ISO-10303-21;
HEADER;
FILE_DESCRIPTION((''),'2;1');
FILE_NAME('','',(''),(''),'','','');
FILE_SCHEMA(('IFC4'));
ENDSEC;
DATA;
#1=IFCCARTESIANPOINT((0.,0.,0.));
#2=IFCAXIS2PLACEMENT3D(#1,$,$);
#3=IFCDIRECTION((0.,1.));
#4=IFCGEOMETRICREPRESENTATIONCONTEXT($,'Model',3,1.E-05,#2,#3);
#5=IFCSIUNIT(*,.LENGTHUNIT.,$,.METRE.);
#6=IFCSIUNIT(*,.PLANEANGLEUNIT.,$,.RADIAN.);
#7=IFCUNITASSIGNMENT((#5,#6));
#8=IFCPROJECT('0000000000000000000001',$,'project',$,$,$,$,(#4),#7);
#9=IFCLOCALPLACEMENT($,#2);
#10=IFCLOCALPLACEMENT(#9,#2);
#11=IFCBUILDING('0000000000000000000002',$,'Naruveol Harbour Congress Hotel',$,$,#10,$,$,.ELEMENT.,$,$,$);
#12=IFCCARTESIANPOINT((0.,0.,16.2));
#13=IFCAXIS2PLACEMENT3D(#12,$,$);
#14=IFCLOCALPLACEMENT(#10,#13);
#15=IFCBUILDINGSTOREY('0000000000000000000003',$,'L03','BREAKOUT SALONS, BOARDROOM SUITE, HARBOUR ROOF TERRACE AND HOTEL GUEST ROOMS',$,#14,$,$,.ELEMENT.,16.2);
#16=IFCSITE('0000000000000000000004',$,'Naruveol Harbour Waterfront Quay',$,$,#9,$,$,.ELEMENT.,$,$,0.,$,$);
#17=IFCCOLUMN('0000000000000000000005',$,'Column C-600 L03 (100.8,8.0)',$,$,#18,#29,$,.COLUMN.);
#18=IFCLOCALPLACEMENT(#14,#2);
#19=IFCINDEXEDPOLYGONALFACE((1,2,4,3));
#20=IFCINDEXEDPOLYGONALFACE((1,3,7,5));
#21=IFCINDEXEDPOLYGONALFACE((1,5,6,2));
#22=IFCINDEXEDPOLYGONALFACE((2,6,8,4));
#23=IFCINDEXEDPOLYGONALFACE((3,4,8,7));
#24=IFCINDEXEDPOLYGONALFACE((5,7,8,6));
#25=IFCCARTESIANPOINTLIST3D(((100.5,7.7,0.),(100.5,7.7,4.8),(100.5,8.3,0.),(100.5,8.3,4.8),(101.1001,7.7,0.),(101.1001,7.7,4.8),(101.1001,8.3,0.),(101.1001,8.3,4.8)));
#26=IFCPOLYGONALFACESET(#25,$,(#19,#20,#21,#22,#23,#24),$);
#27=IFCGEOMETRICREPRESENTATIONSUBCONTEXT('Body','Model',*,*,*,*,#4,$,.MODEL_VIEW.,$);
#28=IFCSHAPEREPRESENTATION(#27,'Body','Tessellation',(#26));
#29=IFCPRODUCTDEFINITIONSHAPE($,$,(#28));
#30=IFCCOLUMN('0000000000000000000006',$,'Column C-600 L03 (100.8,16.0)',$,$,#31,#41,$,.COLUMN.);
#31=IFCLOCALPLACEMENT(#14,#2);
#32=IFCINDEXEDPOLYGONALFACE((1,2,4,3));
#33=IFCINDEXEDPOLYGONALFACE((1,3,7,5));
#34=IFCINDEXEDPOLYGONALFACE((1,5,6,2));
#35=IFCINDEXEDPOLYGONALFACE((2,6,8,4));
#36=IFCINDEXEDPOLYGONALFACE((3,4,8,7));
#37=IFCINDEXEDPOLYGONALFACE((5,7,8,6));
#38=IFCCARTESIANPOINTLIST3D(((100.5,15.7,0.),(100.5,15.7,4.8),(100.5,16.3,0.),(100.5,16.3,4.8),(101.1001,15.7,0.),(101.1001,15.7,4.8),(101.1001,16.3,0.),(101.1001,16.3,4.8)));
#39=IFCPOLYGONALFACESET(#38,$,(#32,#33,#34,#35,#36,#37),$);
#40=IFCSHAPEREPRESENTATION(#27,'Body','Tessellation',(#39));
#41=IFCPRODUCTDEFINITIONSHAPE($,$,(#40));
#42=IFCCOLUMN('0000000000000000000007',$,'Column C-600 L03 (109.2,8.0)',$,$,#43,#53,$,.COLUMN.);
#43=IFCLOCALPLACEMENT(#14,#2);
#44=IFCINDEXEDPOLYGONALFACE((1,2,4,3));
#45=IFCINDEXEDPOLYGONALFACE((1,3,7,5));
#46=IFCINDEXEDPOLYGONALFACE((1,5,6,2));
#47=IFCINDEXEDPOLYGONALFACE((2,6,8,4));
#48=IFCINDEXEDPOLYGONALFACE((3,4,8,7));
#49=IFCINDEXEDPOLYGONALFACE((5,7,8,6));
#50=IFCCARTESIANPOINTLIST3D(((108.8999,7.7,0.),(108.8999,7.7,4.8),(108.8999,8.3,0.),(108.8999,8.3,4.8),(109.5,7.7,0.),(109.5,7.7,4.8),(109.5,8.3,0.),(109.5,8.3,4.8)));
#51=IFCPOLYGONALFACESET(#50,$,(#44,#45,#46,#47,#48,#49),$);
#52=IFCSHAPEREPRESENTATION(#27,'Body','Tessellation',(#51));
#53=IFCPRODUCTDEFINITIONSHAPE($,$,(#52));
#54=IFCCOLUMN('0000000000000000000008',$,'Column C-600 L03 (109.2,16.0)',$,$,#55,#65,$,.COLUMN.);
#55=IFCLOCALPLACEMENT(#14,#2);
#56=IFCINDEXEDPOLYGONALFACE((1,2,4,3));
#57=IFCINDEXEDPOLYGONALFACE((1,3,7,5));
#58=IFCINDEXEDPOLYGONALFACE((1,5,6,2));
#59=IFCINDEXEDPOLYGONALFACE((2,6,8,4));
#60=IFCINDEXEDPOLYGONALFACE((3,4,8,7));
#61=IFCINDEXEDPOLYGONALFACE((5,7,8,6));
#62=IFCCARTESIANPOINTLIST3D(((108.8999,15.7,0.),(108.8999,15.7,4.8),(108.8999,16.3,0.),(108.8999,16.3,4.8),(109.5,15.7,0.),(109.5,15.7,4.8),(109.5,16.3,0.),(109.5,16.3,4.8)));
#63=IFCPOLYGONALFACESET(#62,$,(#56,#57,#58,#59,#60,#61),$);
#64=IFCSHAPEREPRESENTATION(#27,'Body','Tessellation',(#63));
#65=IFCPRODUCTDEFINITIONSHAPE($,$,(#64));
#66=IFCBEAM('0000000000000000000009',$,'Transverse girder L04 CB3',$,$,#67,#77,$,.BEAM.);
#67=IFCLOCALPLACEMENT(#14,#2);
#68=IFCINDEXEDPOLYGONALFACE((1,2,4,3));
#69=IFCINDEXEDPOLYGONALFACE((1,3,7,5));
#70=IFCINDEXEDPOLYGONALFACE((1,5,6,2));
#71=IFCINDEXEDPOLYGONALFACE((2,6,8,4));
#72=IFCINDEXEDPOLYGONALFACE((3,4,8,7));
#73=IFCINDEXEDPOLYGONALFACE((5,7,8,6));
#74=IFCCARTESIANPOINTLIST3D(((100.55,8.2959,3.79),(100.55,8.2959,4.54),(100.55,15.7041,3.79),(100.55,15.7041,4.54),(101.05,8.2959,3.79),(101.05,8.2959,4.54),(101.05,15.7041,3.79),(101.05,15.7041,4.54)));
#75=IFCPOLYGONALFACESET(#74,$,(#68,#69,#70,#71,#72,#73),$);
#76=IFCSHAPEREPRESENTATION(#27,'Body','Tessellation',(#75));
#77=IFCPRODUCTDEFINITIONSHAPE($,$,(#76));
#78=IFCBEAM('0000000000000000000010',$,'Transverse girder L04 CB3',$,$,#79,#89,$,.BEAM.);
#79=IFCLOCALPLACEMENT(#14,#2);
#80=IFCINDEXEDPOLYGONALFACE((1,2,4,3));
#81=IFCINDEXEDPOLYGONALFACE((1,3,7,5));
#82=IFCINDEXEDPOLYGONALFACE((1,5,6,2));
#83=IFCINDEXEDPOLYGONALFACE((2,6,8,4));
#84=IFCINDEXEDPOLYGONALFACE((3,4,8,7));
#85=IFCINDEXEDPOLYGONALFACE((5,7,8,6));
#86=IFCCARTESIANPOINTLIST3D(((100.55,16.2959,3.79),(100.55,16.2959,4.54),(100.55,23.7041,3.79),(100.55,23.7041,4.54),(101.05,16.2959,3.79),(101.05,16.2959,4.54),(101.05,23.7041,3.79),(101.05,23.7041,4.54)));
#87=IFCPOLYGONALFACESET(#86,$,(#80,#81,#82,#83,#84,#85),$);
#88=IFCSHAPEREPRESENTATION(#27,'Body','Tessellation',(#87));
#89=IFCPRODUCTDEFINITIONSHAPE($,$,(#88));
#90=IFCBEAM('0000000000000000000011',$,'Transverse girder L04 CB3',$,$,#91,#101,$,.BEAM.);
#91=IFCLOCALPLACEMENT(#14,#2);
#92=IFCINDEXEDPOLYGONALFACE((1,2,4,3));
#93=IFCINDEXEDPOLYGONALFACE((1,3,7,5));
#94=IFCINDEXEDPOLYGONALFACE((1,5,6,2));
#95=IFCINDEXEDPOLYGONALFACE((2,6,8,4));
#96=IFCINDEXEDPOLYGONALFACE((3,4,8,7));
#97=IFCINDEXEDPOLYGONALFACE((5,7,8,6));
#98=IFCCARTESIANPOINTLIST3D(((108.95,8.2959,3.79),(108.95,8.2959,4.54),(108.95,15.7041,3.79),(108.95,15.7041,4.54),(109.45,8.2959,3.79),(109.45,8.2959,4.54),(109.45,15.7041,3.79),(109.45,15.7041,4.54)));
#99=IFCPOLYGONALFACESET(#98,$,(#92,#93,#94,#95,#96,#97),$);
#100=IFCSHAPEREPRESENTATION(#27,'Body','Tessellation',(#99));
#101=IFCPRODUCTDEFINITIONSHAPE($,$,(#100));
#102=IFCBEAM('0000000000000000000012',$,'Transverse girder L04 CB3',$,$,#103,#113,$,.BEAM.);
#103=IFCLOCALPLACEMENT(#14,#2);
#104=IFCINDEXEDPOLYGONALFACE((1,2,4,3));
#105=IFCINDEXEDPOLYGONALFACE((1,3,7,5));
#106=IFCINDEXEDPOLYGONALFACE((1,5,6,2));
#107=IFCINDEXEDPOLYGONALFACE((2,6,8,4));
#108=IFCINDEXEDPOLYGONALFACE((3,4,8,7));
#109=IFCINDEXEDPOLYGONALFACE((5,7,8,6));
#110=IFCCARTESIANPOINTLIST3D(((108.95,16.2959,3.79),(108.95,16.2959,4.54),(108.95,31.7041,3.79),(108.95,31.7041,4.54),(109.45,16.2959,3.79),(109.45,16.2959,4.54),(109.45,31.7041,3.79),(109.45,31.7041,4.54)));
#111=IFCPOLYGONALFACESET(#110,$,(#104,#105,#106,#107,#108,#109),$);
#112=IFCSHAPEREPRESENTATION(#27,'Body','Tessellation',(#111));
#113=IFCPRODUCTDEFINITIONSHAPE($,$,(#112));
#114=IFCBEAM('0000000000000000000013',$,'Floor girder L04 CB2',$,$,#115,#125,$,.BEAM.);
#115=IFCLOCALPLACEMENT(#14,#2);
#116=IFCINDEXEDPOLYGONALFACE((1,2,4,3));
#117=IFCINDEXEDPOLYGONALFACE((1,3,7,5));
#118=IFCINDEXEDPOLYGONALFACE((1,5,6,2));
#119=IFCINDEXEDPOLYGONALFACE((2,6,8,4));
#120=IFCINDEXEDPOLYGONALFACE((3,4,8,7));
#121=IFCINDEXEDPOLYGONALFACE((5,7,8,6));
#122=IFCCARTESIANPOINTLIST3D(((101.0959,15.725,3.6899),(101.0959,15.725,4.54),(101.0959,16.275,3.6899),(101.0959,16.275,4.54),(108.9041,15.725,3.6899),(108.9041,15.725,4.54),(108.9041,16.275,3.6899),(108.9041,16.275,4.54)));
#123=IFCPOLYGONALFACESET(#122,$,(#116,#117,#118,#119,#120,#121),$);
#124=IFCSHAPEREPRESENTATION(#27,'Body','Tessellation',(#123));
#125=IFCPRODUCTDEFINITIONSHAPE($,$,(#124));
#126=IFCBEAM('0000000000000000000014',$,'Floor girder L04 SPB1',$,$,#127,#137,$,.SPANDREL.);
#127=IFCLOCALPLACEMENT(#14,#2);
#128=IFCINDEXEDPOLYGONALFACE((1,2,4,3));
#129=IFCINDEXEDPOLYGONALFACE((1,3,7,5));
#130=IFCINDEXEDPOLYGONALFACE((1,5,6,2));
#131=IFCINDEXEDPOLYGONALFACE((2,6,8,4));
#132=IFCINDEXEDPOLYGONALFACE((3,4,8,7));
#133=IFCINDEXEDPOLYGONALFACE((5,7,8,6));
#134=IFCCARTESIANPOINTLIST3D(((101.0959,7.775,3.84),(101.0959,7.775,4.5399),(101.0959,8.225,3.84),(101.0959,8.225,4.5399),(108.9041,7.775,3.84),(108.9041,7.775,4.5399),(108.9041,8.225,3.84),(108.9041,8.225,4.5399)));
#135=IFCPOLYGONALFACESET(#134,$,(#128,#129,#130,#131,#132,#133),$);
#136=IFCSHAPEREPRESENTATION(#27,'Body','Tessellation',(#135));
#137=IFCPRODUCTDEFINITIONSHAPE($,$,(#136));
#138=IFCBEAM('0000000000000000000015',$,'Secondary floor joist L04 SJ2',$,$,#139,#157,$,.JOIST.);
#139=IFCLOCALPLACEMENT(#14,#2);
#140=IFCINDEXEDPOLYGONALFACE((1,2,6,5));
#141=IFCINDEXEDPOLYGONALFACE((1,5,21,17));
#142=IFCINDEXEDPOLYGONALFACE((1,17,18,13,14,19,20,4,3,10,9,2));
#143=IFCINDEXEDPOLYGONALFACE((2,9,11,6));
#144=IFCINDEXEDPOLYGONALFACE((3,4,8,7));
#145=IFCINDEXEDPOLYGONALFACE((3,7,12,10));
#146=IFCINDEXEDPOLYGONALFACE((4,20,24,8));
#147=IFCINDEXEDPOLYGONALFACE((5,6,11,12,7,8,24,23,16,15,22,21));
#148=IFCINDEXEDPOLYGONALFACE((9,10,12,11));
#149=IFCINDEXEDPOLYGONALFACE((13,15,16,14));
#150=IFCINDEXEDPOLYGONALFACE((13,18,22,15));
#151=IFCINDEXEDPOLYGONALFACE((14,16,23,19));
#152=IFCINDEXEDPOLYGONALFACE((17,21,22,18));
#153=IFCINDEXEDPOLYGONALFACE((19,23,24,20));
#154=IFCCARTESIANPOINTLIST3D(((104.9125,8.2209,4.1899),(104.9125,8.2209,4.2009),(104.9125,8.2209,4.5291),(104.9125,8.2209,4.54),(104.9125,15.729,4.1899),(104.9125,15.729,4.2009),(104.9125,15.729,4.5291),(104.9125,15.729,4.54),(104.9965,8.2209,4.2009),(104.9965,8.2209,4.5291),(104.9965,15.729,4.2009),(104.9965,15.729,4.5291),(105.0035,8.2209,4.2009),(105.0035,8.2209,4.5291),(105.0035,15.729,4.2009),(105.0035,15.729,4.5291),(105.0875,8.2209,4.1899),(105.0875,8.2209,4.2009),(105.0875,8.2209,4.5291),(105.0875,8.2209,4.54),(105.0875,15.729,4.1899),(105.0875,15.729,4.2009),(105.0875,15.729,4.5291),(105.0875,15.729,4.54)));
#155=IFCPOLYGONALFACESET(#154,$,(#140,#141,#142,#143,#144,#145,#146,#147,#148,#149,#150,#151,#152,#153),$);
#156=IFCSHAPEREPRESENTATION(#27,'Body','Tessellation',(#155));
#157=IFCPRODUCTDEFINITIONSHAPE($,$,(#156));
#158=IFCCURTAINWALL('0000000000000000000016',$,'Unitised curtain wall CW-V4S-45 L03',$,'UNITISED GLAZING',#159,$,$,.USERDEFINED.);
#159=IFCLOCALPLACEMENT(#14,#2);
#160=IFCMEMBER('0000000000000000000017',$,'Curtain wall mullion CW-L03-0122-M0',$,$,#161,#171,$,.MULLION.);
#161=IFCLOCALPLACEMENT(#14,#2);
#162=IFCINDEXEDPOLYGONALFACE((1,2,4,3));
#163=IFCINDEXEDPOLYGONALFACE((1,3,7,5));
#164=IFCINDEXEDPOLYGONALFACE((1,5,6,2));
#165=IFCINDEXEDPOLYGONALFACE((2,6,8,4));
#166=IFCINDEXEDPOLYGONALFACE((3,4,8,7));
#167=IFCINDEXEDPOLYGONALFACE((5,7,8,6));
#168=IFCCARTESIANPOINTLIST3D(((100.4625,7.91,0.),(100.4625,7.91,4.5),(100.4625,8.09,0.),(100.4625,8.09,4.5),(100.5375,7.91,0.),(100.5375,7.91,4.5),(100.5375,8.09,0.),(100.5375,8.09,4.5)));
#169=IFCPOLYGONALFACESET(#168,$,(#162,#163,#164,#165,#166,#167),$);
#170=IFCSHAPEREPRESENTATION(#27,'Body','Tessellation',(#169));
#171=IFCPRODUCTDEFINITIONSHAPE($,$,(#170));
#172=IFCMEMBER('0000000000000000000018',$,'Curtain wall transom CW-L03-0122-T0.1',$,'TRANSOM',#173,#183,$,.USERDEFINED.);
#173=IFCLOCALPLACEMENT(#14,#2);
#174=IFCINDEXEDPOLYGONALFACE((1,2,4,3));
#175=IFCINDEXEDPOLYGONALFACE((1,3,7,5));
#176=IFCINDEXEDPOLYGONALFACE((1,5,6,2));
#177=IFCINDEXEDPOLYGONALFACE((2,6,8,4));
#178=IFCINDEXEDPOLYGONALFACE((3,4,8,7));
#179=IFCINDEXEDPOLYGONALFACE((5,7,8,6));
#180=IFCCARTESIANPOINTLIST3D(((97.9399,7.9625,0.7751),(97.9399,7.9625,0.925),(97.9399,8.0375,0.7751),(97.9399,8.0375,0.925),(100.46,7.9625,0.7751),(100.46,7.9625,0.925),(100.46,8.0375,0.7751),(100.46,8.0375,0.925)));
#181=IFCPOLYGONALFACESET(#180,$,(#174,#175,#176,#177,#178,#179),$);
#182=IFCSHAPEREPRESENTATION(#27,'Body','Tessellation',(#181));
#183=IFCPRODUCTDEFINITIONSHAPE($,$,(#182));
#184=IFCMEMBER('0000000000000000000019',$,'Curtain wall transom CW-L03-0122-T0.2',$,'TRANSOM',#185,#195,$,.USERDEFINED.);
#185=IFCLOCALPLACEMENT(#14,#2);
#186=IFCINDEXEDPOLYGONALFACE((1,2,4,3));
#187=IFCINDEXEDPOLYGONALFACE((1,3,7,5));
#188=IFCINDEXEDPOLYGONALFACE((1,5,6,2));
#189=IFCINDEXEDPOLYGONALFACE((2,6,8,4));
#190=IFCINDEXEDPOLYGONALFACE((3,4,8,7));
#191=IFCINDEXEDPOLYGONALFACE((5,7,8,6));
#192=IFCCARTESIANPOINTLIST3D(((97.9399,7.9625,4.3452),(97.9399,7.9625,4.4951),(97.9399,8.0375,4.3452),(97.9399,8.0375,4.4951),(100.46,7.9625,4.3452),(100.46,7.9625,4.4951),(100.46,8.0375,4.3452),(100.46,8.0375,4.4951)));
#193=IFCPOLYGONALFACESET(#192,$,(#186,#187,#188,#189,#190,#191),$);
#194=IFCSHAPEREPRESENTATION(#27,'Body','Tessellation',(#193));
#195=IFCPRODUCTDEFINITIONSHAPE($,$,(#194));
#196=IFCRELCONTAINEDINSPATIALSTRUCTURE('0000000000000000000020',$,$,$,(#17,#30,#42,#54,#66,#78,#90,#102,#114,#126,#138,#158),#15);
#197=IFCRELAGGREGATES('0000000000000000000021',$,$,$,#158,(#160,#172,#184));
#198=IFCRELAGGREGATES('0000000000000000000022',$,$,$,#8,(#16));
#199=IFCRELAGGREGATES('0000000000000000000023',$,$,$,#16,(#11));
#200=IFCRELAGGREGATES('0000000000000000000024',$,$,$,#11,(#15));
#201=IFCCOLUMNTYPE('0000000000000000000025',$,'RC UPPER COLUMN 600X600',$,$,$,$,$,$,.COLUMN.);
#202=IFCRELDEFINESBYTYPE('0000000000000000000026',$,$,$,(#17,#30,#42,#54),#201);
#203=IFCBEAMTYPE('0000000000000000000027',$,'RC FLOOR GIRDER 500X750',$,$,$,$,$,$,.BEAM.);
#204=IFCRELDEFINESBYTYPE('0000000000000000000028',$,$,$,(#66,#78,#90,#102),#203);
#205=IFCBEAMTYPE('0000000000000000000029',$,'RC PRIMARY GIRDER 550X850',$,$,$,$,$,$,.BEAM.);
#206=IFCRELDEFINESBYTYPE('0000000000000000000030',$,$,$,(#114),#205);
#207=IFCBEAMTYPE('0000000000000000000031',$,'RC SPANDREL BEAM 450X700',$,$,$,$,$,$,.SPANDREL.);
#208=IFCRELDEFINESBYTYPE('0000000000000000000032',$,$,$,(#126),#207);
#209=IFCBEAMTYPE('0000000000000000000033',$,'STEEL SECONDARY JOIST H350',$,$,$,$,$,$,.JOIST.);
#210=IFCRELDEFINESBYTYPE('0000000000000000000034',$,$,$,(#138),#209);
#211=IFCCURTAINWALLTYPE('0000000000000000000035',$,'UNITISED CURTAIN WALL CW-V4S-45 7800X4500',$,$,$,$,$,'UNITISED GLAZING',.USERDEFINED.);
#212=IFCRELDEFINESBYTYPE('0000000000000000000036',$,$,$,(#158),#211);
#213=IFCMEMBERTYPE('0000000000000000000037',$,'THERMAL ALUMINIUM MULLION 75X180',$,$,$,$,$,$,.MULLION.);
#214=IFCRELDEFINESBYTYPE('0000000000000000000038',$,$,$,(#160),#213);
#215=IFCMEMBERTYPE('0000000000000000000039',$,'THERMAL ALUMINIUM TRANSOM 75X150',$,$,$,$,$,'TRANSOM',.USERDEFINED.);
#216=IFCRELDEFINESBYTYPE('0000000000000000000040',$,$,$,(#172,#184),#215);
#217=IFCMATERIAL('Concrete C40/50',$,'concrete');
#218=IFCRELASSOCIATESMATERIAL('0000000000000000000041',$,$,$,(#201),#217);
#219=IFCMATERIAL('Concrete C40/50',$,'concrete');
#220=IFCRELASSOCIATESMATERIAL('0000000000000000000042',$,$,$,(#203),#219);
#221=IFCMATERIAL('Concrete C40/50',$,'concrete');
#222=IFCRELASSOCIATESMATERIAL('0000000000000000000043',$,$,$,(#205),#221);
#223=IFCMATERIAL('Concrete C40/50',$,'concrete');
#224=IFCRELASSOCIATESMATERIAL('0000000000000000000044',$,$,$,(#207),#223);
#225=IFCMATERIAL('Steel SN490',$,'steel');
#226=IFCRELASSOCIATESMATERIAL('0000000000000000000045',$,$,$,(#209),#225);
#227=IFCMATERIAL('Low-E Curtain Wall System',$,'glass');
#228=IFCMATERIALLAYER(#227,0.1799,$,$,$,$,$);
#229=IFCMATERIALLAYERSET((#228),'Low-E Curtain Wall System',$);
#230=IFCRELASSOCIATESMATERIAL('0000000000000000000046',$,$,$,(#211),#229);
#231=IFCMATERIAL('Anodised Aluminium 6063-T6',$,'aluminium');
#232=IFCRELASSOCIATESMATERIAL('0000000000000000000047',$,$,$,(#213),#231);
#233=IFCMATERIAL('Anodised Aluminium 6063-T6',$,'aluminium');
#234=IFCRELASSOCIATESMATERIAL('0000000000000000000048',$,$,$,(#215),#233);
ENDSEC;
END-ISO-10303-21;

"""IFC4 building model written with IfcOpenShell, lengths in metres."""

from ifc_helpers import new_model, si_unit, direction, frame, origin, origin_2d, place, context, subcontext, project, spatial, rectangle, i_section, extrude, material, layer, layer_set, material_profile, profile_set, type_object, element, aggregate, save


model = new_model("IFC4")

# Units and contexts
model_context = context("Model", 3, precision=1e-05, world=origin(), true_north=direction((0.0, 1.0)))
body_context = subcontext(model_context, "Body", "Model", "MODEL_VIEW")
ifc_project = project(units=[si_unit("LENGTHUNIT", "METRE"), si_unit("PLANEANGLEUNIT", "RADIAN")], contexts=[model_context])

# Site, building, storey
site_placement = place(None, origin())
site = spatial("IfcSite", under=ifc_project, at=site_placement, Name="Naruveol Harbour Waterfront Quay", CompositionType="ELEMENT", RefElevation=0.0)
building_placement = place(site_placement, origin())
building = spatial("IfcBuilding", under=site, at=building_placement, Name="Naruveol Harbour Congress Hotel", CompositionType="ELEMENT")
storey_placement = place(building_placement, frame((0.0, 0.0, 16.2)))
storey = spatial("IfcBuildingStorey", under=building, at=storey_placement, Name="L03", Description="BREAKOUT SALONS, BOARDROOM SUITE, HARBOUR ROOF TERRACE AND HOTEL GUEST ROOMS", CompositionType="ELEMENT", Elevation=16.2)

# Columns
ifc_material_1 = material(Name="Concrete C40/50", Category="concrete")
ifc_material_profile_1 = material_profile(ifc_material_1, rectangle(XDim=0.6001, YDim=0.6001, at=origin_2d()), Name="RC-600x600")
ifc_profile_set_1 = profile_set([ifc_material_profile_1], Name="Concrete C40/50")
column_type = type_object("IfcColumnType", Name="RC UPPER COLUMN 600X600", PredefinedType="COLUMN", material=ifc_profile_set_1)
for number, where, z_axis, x_axis, name in (
    (1, (100.8, 8.0, 0.0), (0.0, 0.0, 1.0), (1.0, 0.0, 0.0), "Column C-600 L03 (100.8,8.0)"),
    (2, (100.8, 16.0, 0.0), (0.0, 0.0, 1.0), (1.0, 0.0, 0.0), "Column C-600 L03 (100.8,16.0)"),
    (3, (109.2, 8.0, 0.0), (0.0, 0.0, 1.0), (1.0, 0.0, 0.0), "Column C-600 L03 (109.2,8.0)"),
    (4, (109.2, 16.0, 0.0), (0.0, 0.0, 1.0), (1.0, 0.0, 0.0), "Column C-600 L03 (109.2,16.0)"),
):
    element("IfcColumn", number, at=place(storey_placement, frame(where, z_axis=z_axis, x_axis=x_axis)), inside=storey, type_object=column_type, Name=name, PredefinedType="COLUMN", context=body_context, shape_type="SweptSolid", body=[
        extrude(rectangle(XDim=0.6001, YDim=0.6001, at=origin_2d()), origin(), (0.0, 0.0, 1.0), 4.8),
    ])

# Beams
ifc_material_2 = material(Name="Concrete C40/50", Category="concrete")
ifc_material_profile_2 = material_profile(ifc_material_2, rectangle(XDim=0.5, YDim=0.75, at=origin_2d()), Name="RCB-500x750")
ifc_profile_set_2 = profile_set([ifc_material_profile_2], Name="Concrete C40/50")
beam_type_1 = type_object("IfcBeamType", Name="RC FLOOR GIRDER 500X750", PredefinedType="BEAM", material=ifc_profile_set_2)
for number, where, z_axis, x_axis, name in (
    (5, (100.8, 8.2959, 4.165), (0.0, 1.0, 0.0), (-1.0, 0.0, 0.0), "Transverse girder L04 CB3"),
    (6, (100.8, 16.2959, 4.165), (0.0, 1.0, 0.0), (-1.0, 0.0, 0.0), "Transverse girder L04 CB3"),
    (7, (109.2, 8.2959, 4.165), (0.0, 1.0, 0.0), (-1.0, 0.0, 0.0), "Transverse girder L04 CB3"),
):
    element("IfcBeam", number, at=place(storey_placement, frame(where, z_axis=z_axis, x_axis=x_axis)), inside=storey, type_object=beam_type_1, Name=name, PredefinedType="BEAM", context=body_context, shape_type="SweptSolid", body=[
        extrude(rectangle(XDim=0.5, YDim=0.75, at=origin_2d()), origin(), (0.0, 0.0, 1.0), 7.4082),
    ])
beam_1_placement = place(storey_placement, frame((109.2, 16.2959, 4.165), z_axis=(0.0, 1.0, 0.0), x_axis=(-1.0, 0.0, 0.0)))
element("IfcBeam", 8, at=beam_1_placement, inside=storey, type_object=beam_type_1, Name="Transverse girder L04 CB3", PredefinedType="BEAM", context=body_context, shape_type="SweptSolid", body=[
    extrude(rectangle(XDim=0.5, YDim=0.75, at=origin_2d()), origin(), (0.0, 0.0, 1.0), 15.4082),
])
ifc_material_3 = material(Name="Concrete C40/50", Category="concrete")
ifc_material_profile_3 = material_profile(ifc_material_3, rectangle(XDim=0.55, YDim=0.8501, at=origin_2d()), Name="RCB-550x850")
ifc_profile_set_3 = profile_set([ifc_material_profile_3], Name="Concrete C40/50")
beam_type_2 = type_object("IfcBeamType", Name="RC PRIMARY GIRDER 550X850", PredefinedType="BEAM", material=ifc_profile_set_3)
beam_2_placement = place(storey_placement, frame((101.0959, 16.0, 4.115), z_axis=(1.0, 0.0, 0.0), x_axis=(0.0, 1.0, 0.0)))
element("IfcBeam", 9, at=beam_2_placement, inside=storey, type_object=beam_type_2, Name="Floor girder L04 CB2", PredefinedType="BEAM", context=body_context, shape_type="SweptSolid", body=[
    extrude(rectangle(XDim=0.55, YDim=0.8501, at=origin_2d()), origin(), (0.0, 0.0, 1.0), 7.8081),
])
ifc_material_4 = material(Name="Concrete C40/50", Category="concrete")
ifc_material_profile_4 = material_profile(ifc_material_4, rectangle(XDim=0.45, YDim=0.7, at=origin_2d()), Name="RCB-450x700")
ifc_profile_set_4 = profile_set([ifc_material_profile_4], Name="Concrete C40/50")
beam_type_3 = type_object("IfcBeamType", Name="RC SPANDREL BEAM 450X700", PredefinedType="SPANDREL", material=ifc_profile_set_4)
beam_3_placement = place(storey_placement, frame((101.0959, 8.0, 4.1899), z_axis=(1.0, 0.0, 0.0), x_axis=(0.0, 1.0, 0.0)))
element("IfcBeam", 10, at=beam_3_placement, inside=storey, type_object=beam_type_3, Name="Floor girder L04 SPB1", PredefinedType="SPANDREL", context=body_context, shape_type="SweptSolid", body=[
    extrude(rectangle(XDim=0.45, YDim=0.7, at=origin_2d()), origin(), (0.0, 0.0, 1.0), 7.8081),
])
ifc_material_5 = material(Name="Steel SN490", Category="steel")
ifc_material_profile_5 = material_profile(ifc_material_5, i_section(OverallWidth=0.175, OverallDepth=0.3501, WebThickness=0.0071, FlangeThickness=0.011, at=origin_2d()), Name="H-350x175x7x11")
ifc_profile_set_5 = profile_set([ifc_material_profile_5], Name="Steel SN490")
beam_type_4 = type_object("IfcBeamType", Name="STEEL SECONDARY JOIST H350", PredefinedType="JOIST", material=ifc_profile_set_5)
beam_4_placement = place(storey_placement, frame((105.0, 8.2209, 4.365), z_axis=(0.0, 1.0, 0.0), x_axis=(-1.0, 0.0, 0.0)))
element("IfcBeam", 11, at=beam_4_placement, inside=storey, type_object=beam_type_4, Name="Secondary floor joist L04 SJ2", PredefinedType="JOIST", context=body_context, shape_type="SweptSolid", body=[
    extrude(i_section(OverallWidth=0.175, OverallDepth=0.3501, WebThickness=0.0071, FlangeThickness=0.011, at=origin_2d()), origin(), (0.0, 0.0, 1.0), 7.5081),
])

# Curtain wall, members
ifc_material_6 = material(Name="Low-E Curtain Wall System", Category="glass")
ifc_layer_1 = layer(ifc_material_6, 0.1799)
ifc_layer_set_1 = layer_set([ifc_layer_1], Name="Low-E Curtain Wall System")
curtain_wall_type = type_object("IfcCurtainWallType", Name="UNITISED CURTAIN WALL CW-V4S-45 7800X4500", ElementType="UNITISED GLAZING", PredefinedType="USERDEFINED", material=ifc_layer_set_1)
curtain_wall_placement = place(storey_placement, origin())
curtain_wall = element("IfcCurtainWall", 12, at=curtain_wall_placement, inside=storey, type_object=curtain_wall_type, Name="Unitised curtain wall CW-V4S-45 L03", ObjectType="UNITISED GLAZING", PredefinedType="USERDEFINED")
ifc_material_7 = material(Name="Anodised Aluminium 6063-T6", Category="aluminium")
ifc_material_profile_6 = material_profile(ifc_material_7, rectangle(XDim=0.075, YDim=0.1799, at=origin_2d()), Name="ALU-75x180")
ifc_profile_set_6 = profile_set([ifc_material_profile_6], Name="Anodised Aluminium 6063-T6")
member_type_1 = type_object("IfcMemberType", Name="THERMAL ALUMINIUM MULLION 75X180", PredefinedType="MULLION", material=ifc_profile_set_6)
member_1_placement = place(storey_placement, frame((100.5, 8.0, 0.0), z_axis=(0.0, 0.0, 1.0), x_axis=(1.0, 0.0, 0.0)))
member_1 = element("IfcMember", 13, at=member_1_placement, type_object=member_type_1, Name="Curtain wall mullion CW-L03-0122-M0", PredefinedType="MULLION", context=body_context, shape_type="SweptSolid", body=[
    extrude(rectangle(XDim=0.075, YDim=0.1799, at=origin_2d()), origin(), (0.0, 0.0, 1.0), 4.5),
])
ifc_material_8 = material(Name="Anodised Aluminium 6063-T6", Category="aluminium")
ifc_material_profile_7 = material_profile(ifc_material_8, rectangle(XDim=0.075, YDim=0.1499, at=origin_2d()), Name="ALU-75x150")
ifc_profile_set_7 = profile_set([ifc_material_profile_7], Name="Anodised Aluminium 6063-T6")
member_type_2 = type_object("IfcMemberType", Name="THERMAL ALUMINIUM TRANSOM 75X150", ElementType="TRANSOM", PredefinedType="USERDEFINED", material=ifc_profile_set_7)
member_2_placement = place(storey_placement, frame((100.46, 8.0, 0.8501), z_axis=(-1.0, 0.0, 0.0), x_axis=(0.0, -1.0, 0.0)))
member_2 = element("IfcMember", 14, at=member_2_placement, type_object=member_type_2, Name="Curtain wall transom CW-L03-0122-T0.1", ObjectType="TRANSOM", PredefinedType="USERDEFINED", context=body_context, shape_type="SweptSolid", body=[
    extrude(rectangle(XDim=0.075, YDim=0.1499, at=origin_2d()), origin(), (0.0, 0.0, 1.0), 2.52),
])
member_3_placement = place(storey_placement, frame((100.46, 8.0, 4.4202), z_axis=(-1.0, 0.0, 0.0), x_axis=(0.0, -1.0, 0.0)))
member_3 = element("IfcMember", 15, at=member_3_placement, type_object=member_type_2, Name="Curtain wall transom CW-L03-0122-T0.2", ObjectType="TRANSOM", PredefinedType="USERDEFINED", context=body_context, shape_type="SweptSolid", body=[
    extrude(rectangle(XDim=0.075, YDim=0.1499, at=origin_2d()), origin(), (0.0, 0.0, 1.0), 2.52),
])
aggregate(curtain_wall, [member_1, member_2, member_3])

save(model, "model.ifc")
